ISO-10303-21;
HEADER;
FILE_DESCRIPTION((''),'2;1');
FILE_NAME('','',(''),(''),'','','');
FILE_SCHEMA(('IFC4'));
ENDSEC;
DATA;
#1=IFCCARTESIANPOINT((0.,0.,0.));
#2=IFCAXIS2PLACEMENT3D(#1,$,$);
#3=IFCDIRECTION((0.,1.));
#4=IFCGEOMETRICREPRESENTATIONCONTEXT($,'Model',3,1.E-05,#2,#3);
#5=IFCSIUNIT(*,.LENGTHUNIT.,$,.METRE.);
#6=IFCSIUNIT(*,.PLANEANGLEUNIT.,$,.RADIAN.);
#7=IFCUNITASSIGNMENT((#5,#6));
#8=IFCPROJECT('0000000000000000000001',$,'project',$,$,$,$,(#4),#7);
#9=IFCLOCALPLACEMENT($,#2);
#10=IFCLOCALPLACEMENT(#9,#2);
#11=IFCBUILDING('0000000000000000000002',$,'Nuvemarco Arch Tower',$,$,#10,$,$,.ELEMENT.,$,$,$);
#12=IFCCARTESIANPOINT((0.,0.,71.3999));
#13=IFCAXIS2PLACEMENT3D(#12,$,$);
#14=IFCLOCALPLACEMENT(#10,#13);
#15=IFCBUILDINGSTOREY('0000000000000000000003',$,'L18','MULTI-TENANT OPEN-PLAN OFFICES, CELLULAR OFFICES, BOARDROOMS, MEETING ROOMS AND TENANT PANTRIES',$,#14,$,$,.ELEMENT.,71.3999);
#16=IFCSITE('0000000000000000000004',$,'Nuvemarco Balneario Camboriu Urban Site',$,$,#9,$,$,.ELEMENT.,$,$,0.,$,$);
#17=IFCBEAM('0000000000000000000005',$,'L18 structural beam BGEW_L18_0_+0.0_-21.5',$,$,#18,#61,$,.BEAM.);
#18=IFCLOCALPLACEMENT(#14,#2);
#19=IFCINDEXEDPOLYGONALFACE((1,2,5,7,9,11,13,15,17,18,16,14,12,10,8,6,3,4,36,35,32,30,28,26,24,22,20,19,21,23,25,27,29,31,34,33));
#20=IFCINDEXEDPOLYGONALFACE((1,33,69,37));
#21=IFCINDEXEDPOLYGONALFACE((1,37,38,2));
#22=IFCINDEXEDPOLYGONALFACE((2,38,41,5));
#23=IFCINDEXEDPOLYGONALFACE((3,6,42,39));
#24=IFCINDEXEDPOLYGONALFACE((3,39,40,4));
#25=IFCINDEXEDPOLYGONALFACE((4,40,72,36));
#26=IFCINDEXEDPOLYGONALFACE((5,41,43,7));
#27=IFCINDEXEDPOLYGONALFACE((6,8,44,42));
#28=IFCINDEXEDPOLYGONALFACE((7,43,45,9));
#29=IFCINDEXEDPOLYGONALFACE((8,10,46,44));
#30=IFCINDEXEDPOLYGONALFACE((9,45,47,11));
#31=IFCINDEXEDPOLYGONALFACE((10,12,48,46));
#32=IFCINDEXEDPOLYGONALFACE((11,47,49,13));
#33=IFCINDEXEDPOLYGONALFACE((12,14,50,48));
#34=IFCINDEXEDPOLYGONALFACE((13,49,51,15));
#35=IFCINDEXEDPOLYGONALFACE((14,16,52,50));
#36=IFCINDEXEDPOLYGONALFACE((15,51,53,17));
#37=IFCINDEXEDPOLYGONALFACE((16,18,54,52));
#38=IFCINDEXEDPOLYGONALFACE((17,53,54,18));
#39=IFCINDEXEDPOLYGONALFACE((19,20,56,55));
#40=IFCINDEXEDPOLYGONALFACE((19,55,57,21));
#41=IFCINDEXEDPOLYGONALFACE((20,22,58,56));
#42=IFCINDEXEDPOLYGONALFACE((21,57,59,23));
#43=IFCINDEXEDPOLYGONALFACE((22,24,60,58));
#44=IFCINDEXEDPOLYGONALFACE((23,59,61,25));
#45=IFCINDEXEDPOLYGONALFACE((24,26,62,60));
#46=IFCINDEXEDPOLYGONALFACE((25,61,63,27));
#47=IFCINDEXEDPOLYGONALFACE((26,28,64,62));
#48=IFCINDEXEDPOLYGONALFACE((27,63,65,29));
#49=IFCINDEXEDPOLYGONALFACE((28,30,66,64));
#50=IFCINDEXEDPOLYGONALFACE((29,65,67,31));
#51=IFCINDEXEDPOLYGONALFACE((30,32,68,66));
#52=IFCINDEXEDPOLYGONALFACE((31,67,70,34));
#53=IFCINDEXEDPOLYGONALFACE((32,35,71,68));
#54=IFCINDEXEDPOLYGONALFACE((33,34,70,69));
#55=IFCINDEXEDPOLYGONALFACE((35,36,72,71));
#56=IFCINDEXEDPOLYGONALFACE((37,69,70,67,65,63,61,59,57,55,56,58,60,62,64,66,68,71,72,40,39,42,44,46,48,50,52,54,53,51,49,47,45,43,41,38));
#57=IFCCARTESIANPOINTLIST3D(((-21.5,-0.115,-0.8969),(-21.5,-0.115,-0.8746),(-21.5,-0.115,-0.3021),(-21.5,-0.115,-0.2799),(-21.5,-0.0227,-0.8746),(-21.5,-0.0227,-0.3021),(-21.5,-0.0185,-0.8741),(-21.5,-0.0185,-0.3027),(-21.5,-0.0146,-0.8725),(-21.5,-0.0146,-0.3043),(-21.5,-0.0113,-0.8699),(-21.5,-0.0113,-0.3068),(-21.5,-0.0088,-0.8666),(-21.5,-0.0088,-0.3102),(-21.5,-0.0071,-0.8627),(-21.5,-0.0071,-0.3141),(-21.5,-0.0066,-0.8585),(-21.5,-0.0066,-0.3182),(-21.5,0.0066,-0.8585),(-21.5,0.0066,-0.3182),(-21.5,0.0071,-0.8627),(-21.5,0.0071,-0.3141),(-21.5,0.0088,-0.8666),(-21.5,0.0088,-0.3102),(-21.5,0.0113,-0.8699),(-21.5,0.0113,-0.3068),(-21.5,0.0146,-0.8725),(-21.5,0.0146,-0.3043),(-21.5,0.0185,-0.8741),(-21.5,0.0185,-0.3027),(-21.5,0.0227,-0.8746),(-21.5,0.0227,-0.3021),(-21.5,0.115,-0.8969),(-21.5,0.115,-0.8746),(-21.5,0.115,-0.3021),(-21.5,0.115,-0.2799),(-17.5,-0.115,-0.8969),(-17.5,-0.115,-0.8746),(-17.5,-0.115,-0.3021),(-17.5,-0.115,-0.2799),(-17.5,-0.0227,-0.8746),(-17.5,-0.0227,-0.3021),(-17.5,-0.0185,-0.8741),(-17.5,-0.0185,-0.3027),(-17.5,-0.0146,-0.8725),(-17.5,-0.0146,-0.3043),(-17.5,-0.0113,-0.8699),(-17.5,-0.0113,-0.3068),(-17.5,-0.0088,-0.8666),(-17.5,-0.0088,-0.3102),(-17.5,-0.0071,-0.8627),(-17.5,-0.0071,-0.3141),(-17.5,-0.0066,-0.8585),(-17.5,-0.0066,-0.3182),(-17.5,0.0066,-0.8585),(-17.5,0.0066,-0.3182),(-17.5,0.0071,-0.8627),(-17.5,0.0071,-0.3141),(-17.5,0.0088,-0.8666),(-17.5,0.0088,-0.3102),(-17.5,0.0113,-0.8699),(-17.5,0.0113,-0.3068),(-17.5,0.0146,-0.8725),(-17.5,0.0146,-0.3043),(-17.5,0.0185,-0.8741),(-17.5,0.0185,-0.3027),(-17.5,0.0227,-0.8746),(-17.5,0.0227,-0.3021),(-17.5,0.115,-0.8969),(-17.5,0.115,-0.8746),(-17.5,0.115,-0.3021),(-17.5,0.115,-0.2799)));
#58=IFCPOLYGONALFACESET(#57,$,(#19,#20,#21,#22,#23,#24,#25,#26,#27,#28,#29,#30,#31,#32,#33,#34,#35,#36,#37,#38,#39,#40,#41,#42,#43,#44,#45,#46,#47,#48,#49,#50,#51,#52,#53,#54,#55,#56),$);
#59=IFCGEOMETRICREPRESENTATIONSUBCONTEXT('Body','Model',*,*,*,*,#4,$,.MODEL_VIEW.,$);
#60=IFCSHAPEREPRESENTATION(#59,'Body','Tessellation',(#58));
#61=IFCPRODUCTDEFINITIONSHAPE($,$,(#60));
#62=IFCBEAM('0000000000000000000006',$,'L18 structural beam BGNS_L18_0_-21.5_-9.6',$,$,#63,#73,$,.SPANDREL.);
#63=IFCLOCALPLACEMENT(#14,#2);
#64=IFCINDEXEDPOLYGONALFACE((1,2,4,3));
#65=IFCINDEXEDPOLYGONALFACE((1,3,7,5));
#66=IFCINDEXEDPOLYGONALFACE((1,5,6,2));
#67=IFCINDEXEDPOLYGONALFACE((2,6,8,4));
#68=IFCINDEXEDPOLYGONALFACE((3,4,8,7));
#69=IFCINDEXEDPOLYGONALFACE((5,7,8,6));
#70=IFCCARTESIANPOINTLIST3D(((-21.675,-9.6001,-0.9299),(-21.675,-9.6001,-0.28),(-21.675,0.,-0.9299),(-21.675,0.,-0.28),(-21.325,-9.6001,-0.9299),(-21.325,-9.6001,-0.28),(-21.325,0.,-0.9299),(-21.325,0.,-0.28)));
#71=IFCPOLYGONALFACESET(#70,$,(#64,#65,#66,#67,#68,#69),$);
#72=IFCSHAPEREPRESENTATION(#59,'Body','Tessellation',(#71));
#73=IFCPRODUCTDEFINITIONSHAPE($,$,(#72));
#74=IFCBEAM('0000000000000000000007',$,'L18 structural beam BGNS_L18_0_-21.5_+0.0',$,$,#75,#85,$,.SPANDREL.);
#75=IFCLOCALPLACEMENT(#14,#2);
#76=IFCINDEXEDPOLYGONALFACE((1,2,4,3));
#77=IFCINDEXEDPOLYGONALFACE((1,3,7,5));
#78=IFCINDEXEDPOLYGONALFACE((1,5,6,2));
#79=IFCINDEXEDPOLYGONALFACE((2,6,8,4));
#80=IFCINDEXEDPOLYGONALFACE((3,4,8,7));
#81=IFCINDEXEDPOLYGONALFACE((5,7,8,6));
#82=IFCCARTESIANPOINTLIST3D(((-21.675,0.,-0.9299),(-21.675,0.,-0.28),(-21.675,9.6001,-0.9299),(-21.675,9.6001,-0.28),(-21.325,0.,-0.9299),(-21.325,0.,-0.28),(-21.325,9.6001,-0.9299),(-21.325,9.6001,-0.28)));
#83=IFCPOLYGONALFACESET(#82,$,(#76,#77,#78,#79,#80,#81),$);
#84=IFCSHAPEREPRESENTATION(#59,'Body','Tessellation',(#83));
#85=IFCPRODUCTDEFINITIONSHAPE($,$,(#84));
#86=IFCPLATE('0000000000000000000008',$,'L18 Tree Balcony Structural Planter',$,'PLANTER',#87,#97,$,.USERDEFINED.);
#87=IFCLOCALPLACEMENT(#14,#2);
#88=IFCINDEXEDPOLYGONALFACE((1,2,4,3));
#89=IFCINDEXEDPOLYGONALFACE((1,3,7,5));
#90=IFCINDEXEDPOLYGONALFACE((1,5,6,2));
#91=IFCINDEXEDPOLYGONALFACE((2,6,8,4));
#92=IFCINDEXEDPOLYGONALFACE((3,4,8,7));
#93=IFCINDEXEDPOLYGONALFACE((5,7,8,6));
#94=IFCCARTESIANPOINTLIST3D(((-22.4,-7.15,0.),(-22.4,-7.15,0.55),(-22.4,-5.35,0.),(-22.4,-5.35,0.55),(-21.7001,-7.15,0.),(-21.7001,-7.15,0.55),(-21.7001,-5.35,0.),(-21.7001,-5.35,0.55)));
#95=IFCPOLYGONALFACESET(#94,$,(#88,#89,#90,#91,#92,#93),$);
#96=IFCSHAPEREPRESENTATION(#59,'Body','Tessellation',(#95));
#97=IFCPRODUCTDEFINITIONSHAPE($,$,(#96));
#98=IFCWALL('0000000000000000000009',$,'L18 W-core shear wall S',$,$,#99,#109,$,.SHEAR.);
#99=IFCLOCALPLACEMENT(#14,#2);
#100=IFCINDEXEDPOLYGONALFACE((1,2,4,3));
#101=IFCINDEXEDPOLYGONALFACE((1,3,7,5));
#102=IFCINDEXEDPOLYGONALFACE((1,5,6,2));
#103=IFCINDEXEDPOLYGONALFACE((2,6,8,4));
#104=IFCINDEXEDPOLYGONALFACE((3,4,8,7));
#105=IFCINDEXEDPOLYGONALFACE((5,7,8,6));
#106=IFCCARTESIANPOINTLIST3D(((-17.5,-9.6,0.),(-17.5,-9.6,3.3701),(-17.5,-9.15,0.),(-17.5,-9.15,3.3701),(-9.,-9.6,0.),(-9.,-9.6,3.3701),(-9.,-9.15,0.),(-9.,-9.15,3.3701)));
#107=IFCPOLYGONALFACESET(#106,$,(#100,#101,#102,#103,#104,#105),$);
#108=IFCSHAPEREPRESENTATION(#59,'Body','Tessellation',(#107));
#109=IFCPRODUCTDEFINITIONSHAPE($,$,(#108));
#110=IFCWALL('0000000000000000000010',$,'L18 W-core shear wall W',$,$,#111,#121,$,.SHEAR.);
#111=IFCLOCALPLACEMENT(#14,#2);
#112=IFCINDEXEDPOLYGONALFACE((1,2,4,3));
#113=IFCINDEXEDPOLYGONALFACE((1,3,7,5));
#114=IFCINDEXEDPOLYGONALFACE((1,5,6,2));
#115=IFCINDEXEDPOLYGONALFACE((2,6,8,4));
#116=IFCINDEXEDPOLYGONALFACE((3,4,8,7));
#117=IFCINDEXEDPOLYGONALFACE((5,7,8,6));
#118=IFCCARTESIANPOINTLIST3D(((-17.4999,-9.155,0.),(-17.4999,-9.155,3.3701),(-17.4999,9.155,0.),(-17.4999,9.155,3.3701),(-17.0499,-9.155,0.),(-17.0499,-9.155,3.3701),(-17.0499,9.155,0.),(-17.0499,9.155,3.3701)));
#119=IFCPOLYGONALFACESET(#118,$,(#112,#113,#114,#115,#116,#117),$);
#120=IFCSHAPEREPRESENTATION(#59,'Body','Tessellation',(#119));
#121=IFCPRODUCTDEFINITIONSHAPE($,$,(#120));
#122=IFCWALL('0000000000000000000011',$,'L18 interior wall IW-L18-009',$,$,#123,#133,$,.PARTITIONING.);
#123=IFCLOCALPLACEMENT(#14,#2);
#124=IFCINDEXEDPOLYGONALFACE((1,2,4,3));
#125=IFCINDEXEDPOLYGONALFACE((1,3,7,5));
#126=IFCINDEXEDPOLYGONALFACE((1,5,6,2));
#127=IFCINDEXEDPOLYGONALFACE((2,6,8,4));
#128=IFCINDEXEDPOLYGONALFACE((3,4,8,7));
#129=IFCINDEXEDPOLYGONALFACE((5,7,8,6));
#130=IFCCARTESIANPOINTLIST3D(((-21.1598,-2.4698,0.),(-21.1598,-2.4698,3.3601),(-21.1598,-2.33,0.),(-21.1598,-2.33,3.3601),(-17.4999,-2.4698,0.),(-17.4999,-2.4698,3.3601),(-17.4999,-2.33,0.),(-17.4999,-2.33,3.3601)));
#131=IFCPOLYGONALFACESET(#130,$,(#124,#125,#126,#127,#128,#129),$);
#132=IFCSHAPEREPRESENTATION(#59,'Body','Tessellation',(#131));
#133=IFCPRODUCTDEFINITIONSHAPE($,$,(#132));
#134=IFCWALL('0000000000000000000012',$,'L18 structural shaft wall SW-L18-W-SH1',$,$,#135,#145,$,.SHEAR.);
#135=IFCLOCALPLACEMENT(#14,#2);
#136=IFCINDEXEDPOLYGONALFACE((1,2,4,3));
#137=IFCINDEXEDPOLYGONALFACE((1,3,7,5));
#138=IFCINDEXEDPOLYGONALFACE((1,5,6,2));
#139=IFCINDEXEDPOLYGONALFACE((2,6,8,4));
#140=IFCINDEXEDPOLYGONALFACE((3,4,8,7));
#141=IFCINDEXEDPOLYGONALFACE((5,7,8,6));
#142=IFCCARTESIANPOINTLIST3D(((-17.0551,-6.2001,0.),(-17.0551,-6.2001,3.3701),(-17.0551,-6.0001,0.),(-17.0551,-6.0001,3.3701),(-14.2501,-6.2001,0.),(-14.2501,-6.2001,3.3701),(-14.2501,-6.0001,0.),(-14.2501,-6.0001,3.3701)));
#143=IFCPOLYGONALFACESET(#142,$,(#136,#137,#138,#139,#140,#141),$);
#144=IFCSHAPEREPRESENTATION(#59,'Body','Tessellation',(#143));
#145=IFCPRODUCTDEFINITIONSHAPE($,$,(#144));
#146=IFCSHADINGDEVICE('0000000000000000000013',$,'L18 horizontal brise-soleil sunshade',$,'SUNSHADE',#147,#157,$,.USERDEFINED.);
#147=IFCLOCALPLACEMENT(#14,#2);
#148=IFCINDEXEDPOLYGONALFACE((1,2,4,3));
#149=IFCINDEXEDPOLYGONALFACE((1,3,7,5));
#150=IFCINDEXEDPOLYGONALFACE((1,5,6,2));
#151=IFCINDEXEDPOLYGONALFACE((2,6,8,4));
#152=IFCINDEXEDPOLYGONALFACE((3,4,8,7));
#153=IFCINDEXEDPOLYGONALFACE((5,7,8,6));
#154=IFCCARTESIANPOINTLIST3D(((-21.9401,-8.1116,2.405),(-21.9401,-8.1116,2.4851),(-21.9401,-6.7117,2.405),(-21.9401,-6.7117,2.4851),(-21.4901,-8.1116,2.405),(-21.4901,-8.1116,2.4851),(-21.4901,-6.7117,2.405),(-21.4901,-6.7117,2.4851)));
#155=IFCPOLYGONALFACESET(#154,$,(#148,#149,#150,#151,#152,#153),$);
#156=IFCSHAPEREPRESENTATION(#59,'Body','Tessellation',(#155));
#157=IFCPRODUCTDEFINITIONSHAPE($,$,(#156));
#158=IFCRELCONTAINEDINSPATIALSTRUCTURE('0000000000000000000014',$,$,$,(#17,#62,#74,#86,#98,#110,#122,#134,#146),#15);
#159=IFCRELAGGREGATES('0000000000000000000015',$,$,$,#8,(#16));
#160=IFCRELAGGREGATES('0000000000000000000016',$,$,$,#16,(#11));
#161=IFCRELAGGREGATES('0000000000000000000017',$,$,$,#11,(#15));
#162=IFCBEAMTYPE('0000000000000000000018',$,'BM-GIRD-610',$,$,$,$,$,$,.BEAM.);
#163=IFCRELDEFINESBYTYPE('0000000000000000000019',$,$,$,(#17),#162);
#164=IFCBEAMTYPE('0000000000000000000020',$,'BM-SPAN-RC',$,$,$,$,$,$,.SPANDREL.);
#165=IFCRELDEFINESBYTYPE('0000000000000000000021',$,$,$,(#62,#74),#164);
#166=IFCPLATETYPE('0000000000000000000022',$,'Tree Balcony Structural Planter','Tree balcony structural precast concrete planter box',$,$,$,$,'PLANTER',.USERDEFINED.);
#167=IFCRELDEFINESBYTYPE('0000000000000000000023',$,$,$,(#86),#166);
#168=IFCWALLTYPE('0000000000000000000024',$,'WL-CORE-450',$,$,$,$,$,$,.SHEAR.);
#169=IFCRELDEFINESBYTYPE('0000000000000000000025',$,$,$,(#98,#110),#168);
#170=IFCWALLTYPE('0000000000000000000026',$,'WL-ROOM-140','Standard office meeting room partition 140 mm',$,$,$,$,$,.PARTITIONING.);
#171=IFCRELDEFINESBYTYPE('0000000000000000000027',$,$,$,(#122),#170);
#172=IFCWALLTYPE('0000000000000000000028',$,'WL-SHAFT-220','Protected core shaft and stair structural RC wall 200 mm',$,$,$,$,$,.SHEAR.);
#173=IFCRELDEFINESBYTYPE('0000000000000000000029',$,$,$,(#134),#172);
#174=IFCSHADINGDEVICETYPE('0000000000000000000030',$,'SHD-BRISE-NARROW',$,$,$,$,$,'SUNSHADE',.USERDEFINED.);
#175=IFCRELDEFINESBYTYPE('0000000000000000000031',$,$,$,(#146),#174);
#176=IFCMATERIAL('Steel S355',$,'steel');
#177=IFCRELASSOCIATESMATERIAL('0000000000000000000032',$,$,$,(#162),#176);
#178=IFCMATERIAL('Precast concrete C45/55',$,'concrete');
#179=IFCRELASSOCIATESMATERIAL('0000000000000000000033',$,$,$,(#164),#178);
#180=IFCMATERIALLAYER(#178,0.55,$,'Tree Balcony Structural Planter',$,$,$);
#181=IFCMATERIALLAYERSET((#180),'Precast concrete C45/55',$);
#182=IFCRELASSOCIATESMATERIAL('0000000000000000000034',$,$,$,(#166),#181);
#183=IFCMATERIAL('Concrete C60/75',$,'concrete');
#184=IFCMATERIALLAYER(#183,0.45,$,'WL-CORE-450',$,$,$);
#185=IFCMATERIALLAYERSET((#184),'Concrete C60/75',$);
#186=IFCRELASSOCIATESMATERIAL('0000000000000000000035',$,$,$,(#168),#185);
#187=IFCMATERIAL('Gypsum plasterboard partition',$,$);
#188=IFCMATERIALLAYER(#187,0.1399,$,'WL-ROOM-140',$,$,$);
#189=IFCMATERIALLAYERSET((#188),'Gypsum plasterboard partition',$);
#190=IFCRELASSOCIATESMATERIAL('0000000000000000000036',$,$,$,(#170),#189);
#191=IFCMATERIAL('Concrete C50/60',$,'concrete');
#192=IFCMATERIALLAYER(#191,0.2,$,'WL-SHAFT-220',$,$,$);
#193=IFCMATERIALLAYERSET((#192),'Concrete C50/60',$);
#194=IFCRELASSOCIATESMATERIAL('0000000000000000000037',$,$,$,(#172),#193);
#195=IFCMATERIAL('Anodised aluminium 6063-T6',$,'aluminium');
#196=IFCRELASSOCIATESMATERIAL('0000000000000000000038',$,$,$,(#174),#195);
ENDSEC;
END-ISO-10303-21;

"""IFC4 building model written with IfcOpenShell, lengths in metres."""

from ifc_helpers import new_model, si_unit, direction, frame, frame_2d, origin, origin_2d, place, context, subcontext, project, spatial, rectangle, i_section, extrude, source, transform, mapped, material, layer, layer_set, material_profile, profile_set, type_object, type_shapes, element, save


model = new_model("IFC4")

# Units and contexts
model_context = context("Model", 3, precision=1e-05, world=origin(), true_north=direction((0.0, 1.0)))
body_context = subcontext(model_context, "Body", "Model", "MODEL_VIEW")
ifc_project = project(units=[si_unit("LENGTHUNIT", "METRE"), si_unit("PLANEANGLEUNIT", "RADIAN")], contexts=[model_context])

# Site, building, storey
site_placement = place(None, origin())
site = spatial("IfcSite", under=ifc_project, at=site_placement, Name="Nuvemarco Balneario Camboriu Urban Site", CompositionType="ELEMENT", RefElevation=0.0)
building_placement = place(site_placement, origin())
building = spatial("IfcBuilding", under=site, at=building_placement, Name="Nuvemarco Arch Tower", CompositionType="ELEMENT")
storey_placement = place(building_placement, frame((0.0, 0.0, 71.3999)))
storey = spatial("IfcBuildingStorey", under=building, at=storey_placement, Name="L18", Description="MULTI-TENANT OPEN-PLAN OFFICES, CELLULAR OFFICES, BOARDROOMS, MEETING ROOMS AND TENANT PANTRIES", CompositionType="ELEMENT", Elevation=71.3999)

# Shared definitions
ifc_material_1 = material(Name="Concrete C60/75", Category="concrete")

# Beams
ifc_material_2 = material(Name="Steel S355", Category="steel")
ifc_material_profile_1 = material_profile(ifc_material_2, i_section(OverallWidth=0.23, OverallDepth=0.6169, WebThickness=0.0132, FlangeThickness=0.0222, FilletRadius=0.0161, at=origin_2d()), Name="W610x140")
ifc_profile_set_1 = profile_set([ifc_material_profile_1], Name="Steel S355")
beam_type_1 = type_object("IfcBeamType", Name="BM-GIRD-610", PredefinedType="BEAM", material=ifc_profile_set_1)
beam_1_placement = place(storey_placement, frame((-21.5, 0.0, -0.5884), z_axis=(1.0, 0.0, 0.0), x_axis=(0.0, 1.0, 0.0)))
element("IfcBeam", 1, at=beam_1_placement, inside=storey, type_object=beam_type_1, Name="L18 structural beam BGEW_L18_0_+0.0_-21.5", PredefinedType="BEAM", context=body_context, shape_type="SweptSolid", body=[
    extrude(i_section(OverallWidth=0.23, OverallDepth=0.6169, WebThickness=0.0132, FlangeThickness=0.0222, FilletRadius=0.0161, at=origin_2d()), origin(), (0.0, 0.0, 1.0), 4.0),
])
ifc_material_3 = material(Name="Precast concrete C45/55", Category="concrete")
ifc_material_profile_2 = material_profile(ifc_material_3, rectangle(XDim=0.3501, YDim=0.6499, at=origin_2d()), Name="PC-SP-350x650")
ifc_profile_set_2 = profile_set([ifc_material_profile_2], Name="Precast concrete C45/55")
beam_type_2 = type_object("IfcBeamType", Name="BM-SPAN-RC", PredefinedType="SPANDREL", material=ifc_profile_set_2)
for number, where, z_axis, x_axis, name in (
    (2, (-21.5, -9.6001, -0.605), (0.0, 1.0, 0.0), (-1.0, 0.0, 0.0), "L18 structural beam BGNS_L18_0_-21.5_-9.6"),
    (3, (-21.5, 0.0, -0.605), (0.0, 1.0, 0.0), (-1.0, 0.0, 0.0), "L18 structural beam BGNS_L18_0_-21.5_+0.0"),
):
    element("IfcBeam", number, at=place(storey_placement, frame(where, z_axis=z_axis, x_axis=x_axis)), inside=storey, type_object=beam_type_2, Name=name, PredefinedType="SPANDREL", context=body_context, shape_type="SweptSolid", body=[
        extrude(rectangle(XDim=0.3501, YDim=0.6499, at=origin_2d()), origin(), (0.0, 0.0, 1.0), 9.6001),
    ])

# Plate
ifc_layer_1 = layer(ifc_material_3, 0.55, Name="Tree Balcony Structural Planter")
ifc_layer_set_1 = layer_set([ifc_layer_1], Name="Precast concrete C45/55")
plate_type = type_object("IfcPlateType", Name="Tree Balcony Structural Planter", Description="Tree balcony structural precast concrete planter box", ElementType="PLANTER", PredefinedType="USERDEFINED", material=ifc_layer_set_1)
shared_shape_1 = source(origin(), body_context, "Body", "SweptSolid", [
    extrude(rectangle(XDim=1.8, YDim=0.7, at=origin_2d()), origin(), (0.0, 0.0, 1.0), 0.55),
])
type_shapes(plate_type, [shared_shape_1])
plate_placement = place(storey_placement, frame((-22.05, -6.25, 0.0), z_axis=(0.0, 0.0, 1.0), x_axis=(0.0, 1.0, 0.0)))
element("IfcPlate", 4, at=plate_placement, inside=storey, type_object=plate_type, Name="L18 Tree Balcony Structural Planter", ObjectType="PLANTER", PredefinedType="USERDEFINED", context=body_context, shape_type="MappedRepresentation", body=[
    mapped(shared_shape_1, transform((0.0, 0.0, 0.0), scale=1.0)),
])

# Walls
ifc_layer_2 = layer(ifc_material_1, 0.45, Name="WL-CORE-450")
ifc_layer_set_2 = layer_set([ifc_layer_2], Name="Concrete C60/75")
wall_type_1 = type_object("IfcWallType", Name="WL-CORE-450", PredefinedType="SHEAR", material=ifc_layer_set_2)
wall_1_placement = place(storey_placement, frame((-17.5, -9.375, 0.0), z_axis=(0.0, 0.0, 1.0), x_axis=(1.0, 0.0, 0.0)))
element("IfcWall", 5, at=wall_1_placement, inside=storey, type_object=wall_type_1, Name="L18 W-core shear wall S", PredefinedType="SHEAR", context=body_context, shape_type="SweptSolid", body=[
    extrude(rectangle(XDim=8.5, YDim=0.45, at=frame_2d((4.25, 0.0))), origin(), (0.0, 0.0, 1.0), 3.3701),
])
wall_2_placement = place(storey_placement, frame((-17.2749, -9.155, 0.0), z_axis=(0.0, 0.0, 1.0), x_axis=(0.0, 1.0, 0.0)))
element("IfcWall", 6, at=wall_2_placement, inside=storey, type_object=wall_type_1, Name="L18 W-core shear wall W", PredefinedType="SHEAR", context=body_context, shape_type="SweptSolid", body=[
    extrude(rectangle(XDim=18.3101, YDim=0.45, at=frame_2d((9.155, 0.0))), origin(), (0.0, 0.0, 1.0), 3.3701),
])
ifc_material_4 = material(Name="Gypsum plasterboard partition")
ifc_layer_3 = layer(ifc_material_4, 0.1399, Name="WL-ROOM-140")
ifc_layer_set_3 = layer_set([ifc_layer_3], Name="Gypsum plasterboard partition")
wall_type_2 = type_object("IfcWallType", Name="WL-ROOM-140", Description="Standard office meeting room partition 140 mm", PredefinedType="PARTITIONING", material=ifc_layer_set_3)
wall_3_placement = place(storey_placement, frame((-21.1599, -2.3999, 0.0), z_axis=(0.0, 0.0, 1.0), x_axis=(1.0, 0.0, 0.0)))
element("IfcWall", 7, at=wall_3_placement, inside=storey, type_object=wall_type_2, Name="L18 interior wall IW-L18-009", PredefinedType="PARTITIONING", context=body_context, shape_type="SweptSolid", body=[
    extrude(rectangle(XDim=3.6599, YDim=0.1399, at=frame_2d((1.8301, 0.0))), origin(), (0.0, 0.0, 1.0), 3.3601),
])
ifc_material_5 = material(Name="Concrete C50/60", Category="concrete")
ifc_layer_4 = layer(ifc_material_5, 0.2, Name="WL-SHAFT-220")
ifc_layer_set_4 = layer_set([ifc_layer_4], Name="Concrete C50/60")
wall_type_3 = type_object("IfcWallType", Name="WL-SHAFT-220", Description="Protected core shaft and stair structural RC wall 200 mm", PredefinedType="SHEAR", material=ifc_layer_set_4)
wall_4_placement = place(storey_placement, frame((-17.0549, -6.1001, 0.0), z_axis=(0.0, 0.0, 1.0), x_axis=(1.0, 0.0, 0.0)))
element("IfcWall", 8, at=wall_4_placement, inside=storey, type_object=wall_type_3, Name="L18 structural shaft wall SW-L18-W-SH1", PredefinedType="SHEAR", context=body_context, shape_type="SweptSolid", body=[
    extrude(rectangle(XDim=2.8049, YDim=0.2, at=frame_2d((1.4023, 0.0))), origin(), (0.0, 0.0, 1.0), 3.3701),
])

# Shading device
ifc_material_6 = material(Name="Anodised aluminium 6063-T6", Category="aluminium")
shading_device_type = type_object("IfcShadingDeviceType", Name="SHD-BRISE-NARROW", ElementType="SUNSHADE", PredefinedType="USERDEFINED", material=ifc_material_6)
shared_shape_2 = source(origin(), body_context, "Body", "SweptSolid", [
    extrude(rectangle(XDim=1.3999, YDim=0.45, at=origin_2d()), origin(), (0.0, 0.0, 1.0), 0.0801),
])
type_shapes(shading_device_type, [shared_shape_2])
shading_device_placement = place(storey_placement, frame((-21.7151, -7.4116, 2.405), z_axis=(0.0, 0.0, 1.0), x_axis=(0.0, 1.0, 0.0)))
element("IfcShadingDevice", 9, at=shading_device_placement, inside=storey, type_object=shading_device_type, Name="L18 horizontal brise-soleil sunshade", ObjectType="SUNSHADE", PredefinedType="USERDEFINED", context=body_context, shape_type="MappedRepresentation", body=[
    mapped(shared_shape_2, transform((0.0, 0.0, 0.0), scale=1.0)),
])

save(model, "model.ifc")
